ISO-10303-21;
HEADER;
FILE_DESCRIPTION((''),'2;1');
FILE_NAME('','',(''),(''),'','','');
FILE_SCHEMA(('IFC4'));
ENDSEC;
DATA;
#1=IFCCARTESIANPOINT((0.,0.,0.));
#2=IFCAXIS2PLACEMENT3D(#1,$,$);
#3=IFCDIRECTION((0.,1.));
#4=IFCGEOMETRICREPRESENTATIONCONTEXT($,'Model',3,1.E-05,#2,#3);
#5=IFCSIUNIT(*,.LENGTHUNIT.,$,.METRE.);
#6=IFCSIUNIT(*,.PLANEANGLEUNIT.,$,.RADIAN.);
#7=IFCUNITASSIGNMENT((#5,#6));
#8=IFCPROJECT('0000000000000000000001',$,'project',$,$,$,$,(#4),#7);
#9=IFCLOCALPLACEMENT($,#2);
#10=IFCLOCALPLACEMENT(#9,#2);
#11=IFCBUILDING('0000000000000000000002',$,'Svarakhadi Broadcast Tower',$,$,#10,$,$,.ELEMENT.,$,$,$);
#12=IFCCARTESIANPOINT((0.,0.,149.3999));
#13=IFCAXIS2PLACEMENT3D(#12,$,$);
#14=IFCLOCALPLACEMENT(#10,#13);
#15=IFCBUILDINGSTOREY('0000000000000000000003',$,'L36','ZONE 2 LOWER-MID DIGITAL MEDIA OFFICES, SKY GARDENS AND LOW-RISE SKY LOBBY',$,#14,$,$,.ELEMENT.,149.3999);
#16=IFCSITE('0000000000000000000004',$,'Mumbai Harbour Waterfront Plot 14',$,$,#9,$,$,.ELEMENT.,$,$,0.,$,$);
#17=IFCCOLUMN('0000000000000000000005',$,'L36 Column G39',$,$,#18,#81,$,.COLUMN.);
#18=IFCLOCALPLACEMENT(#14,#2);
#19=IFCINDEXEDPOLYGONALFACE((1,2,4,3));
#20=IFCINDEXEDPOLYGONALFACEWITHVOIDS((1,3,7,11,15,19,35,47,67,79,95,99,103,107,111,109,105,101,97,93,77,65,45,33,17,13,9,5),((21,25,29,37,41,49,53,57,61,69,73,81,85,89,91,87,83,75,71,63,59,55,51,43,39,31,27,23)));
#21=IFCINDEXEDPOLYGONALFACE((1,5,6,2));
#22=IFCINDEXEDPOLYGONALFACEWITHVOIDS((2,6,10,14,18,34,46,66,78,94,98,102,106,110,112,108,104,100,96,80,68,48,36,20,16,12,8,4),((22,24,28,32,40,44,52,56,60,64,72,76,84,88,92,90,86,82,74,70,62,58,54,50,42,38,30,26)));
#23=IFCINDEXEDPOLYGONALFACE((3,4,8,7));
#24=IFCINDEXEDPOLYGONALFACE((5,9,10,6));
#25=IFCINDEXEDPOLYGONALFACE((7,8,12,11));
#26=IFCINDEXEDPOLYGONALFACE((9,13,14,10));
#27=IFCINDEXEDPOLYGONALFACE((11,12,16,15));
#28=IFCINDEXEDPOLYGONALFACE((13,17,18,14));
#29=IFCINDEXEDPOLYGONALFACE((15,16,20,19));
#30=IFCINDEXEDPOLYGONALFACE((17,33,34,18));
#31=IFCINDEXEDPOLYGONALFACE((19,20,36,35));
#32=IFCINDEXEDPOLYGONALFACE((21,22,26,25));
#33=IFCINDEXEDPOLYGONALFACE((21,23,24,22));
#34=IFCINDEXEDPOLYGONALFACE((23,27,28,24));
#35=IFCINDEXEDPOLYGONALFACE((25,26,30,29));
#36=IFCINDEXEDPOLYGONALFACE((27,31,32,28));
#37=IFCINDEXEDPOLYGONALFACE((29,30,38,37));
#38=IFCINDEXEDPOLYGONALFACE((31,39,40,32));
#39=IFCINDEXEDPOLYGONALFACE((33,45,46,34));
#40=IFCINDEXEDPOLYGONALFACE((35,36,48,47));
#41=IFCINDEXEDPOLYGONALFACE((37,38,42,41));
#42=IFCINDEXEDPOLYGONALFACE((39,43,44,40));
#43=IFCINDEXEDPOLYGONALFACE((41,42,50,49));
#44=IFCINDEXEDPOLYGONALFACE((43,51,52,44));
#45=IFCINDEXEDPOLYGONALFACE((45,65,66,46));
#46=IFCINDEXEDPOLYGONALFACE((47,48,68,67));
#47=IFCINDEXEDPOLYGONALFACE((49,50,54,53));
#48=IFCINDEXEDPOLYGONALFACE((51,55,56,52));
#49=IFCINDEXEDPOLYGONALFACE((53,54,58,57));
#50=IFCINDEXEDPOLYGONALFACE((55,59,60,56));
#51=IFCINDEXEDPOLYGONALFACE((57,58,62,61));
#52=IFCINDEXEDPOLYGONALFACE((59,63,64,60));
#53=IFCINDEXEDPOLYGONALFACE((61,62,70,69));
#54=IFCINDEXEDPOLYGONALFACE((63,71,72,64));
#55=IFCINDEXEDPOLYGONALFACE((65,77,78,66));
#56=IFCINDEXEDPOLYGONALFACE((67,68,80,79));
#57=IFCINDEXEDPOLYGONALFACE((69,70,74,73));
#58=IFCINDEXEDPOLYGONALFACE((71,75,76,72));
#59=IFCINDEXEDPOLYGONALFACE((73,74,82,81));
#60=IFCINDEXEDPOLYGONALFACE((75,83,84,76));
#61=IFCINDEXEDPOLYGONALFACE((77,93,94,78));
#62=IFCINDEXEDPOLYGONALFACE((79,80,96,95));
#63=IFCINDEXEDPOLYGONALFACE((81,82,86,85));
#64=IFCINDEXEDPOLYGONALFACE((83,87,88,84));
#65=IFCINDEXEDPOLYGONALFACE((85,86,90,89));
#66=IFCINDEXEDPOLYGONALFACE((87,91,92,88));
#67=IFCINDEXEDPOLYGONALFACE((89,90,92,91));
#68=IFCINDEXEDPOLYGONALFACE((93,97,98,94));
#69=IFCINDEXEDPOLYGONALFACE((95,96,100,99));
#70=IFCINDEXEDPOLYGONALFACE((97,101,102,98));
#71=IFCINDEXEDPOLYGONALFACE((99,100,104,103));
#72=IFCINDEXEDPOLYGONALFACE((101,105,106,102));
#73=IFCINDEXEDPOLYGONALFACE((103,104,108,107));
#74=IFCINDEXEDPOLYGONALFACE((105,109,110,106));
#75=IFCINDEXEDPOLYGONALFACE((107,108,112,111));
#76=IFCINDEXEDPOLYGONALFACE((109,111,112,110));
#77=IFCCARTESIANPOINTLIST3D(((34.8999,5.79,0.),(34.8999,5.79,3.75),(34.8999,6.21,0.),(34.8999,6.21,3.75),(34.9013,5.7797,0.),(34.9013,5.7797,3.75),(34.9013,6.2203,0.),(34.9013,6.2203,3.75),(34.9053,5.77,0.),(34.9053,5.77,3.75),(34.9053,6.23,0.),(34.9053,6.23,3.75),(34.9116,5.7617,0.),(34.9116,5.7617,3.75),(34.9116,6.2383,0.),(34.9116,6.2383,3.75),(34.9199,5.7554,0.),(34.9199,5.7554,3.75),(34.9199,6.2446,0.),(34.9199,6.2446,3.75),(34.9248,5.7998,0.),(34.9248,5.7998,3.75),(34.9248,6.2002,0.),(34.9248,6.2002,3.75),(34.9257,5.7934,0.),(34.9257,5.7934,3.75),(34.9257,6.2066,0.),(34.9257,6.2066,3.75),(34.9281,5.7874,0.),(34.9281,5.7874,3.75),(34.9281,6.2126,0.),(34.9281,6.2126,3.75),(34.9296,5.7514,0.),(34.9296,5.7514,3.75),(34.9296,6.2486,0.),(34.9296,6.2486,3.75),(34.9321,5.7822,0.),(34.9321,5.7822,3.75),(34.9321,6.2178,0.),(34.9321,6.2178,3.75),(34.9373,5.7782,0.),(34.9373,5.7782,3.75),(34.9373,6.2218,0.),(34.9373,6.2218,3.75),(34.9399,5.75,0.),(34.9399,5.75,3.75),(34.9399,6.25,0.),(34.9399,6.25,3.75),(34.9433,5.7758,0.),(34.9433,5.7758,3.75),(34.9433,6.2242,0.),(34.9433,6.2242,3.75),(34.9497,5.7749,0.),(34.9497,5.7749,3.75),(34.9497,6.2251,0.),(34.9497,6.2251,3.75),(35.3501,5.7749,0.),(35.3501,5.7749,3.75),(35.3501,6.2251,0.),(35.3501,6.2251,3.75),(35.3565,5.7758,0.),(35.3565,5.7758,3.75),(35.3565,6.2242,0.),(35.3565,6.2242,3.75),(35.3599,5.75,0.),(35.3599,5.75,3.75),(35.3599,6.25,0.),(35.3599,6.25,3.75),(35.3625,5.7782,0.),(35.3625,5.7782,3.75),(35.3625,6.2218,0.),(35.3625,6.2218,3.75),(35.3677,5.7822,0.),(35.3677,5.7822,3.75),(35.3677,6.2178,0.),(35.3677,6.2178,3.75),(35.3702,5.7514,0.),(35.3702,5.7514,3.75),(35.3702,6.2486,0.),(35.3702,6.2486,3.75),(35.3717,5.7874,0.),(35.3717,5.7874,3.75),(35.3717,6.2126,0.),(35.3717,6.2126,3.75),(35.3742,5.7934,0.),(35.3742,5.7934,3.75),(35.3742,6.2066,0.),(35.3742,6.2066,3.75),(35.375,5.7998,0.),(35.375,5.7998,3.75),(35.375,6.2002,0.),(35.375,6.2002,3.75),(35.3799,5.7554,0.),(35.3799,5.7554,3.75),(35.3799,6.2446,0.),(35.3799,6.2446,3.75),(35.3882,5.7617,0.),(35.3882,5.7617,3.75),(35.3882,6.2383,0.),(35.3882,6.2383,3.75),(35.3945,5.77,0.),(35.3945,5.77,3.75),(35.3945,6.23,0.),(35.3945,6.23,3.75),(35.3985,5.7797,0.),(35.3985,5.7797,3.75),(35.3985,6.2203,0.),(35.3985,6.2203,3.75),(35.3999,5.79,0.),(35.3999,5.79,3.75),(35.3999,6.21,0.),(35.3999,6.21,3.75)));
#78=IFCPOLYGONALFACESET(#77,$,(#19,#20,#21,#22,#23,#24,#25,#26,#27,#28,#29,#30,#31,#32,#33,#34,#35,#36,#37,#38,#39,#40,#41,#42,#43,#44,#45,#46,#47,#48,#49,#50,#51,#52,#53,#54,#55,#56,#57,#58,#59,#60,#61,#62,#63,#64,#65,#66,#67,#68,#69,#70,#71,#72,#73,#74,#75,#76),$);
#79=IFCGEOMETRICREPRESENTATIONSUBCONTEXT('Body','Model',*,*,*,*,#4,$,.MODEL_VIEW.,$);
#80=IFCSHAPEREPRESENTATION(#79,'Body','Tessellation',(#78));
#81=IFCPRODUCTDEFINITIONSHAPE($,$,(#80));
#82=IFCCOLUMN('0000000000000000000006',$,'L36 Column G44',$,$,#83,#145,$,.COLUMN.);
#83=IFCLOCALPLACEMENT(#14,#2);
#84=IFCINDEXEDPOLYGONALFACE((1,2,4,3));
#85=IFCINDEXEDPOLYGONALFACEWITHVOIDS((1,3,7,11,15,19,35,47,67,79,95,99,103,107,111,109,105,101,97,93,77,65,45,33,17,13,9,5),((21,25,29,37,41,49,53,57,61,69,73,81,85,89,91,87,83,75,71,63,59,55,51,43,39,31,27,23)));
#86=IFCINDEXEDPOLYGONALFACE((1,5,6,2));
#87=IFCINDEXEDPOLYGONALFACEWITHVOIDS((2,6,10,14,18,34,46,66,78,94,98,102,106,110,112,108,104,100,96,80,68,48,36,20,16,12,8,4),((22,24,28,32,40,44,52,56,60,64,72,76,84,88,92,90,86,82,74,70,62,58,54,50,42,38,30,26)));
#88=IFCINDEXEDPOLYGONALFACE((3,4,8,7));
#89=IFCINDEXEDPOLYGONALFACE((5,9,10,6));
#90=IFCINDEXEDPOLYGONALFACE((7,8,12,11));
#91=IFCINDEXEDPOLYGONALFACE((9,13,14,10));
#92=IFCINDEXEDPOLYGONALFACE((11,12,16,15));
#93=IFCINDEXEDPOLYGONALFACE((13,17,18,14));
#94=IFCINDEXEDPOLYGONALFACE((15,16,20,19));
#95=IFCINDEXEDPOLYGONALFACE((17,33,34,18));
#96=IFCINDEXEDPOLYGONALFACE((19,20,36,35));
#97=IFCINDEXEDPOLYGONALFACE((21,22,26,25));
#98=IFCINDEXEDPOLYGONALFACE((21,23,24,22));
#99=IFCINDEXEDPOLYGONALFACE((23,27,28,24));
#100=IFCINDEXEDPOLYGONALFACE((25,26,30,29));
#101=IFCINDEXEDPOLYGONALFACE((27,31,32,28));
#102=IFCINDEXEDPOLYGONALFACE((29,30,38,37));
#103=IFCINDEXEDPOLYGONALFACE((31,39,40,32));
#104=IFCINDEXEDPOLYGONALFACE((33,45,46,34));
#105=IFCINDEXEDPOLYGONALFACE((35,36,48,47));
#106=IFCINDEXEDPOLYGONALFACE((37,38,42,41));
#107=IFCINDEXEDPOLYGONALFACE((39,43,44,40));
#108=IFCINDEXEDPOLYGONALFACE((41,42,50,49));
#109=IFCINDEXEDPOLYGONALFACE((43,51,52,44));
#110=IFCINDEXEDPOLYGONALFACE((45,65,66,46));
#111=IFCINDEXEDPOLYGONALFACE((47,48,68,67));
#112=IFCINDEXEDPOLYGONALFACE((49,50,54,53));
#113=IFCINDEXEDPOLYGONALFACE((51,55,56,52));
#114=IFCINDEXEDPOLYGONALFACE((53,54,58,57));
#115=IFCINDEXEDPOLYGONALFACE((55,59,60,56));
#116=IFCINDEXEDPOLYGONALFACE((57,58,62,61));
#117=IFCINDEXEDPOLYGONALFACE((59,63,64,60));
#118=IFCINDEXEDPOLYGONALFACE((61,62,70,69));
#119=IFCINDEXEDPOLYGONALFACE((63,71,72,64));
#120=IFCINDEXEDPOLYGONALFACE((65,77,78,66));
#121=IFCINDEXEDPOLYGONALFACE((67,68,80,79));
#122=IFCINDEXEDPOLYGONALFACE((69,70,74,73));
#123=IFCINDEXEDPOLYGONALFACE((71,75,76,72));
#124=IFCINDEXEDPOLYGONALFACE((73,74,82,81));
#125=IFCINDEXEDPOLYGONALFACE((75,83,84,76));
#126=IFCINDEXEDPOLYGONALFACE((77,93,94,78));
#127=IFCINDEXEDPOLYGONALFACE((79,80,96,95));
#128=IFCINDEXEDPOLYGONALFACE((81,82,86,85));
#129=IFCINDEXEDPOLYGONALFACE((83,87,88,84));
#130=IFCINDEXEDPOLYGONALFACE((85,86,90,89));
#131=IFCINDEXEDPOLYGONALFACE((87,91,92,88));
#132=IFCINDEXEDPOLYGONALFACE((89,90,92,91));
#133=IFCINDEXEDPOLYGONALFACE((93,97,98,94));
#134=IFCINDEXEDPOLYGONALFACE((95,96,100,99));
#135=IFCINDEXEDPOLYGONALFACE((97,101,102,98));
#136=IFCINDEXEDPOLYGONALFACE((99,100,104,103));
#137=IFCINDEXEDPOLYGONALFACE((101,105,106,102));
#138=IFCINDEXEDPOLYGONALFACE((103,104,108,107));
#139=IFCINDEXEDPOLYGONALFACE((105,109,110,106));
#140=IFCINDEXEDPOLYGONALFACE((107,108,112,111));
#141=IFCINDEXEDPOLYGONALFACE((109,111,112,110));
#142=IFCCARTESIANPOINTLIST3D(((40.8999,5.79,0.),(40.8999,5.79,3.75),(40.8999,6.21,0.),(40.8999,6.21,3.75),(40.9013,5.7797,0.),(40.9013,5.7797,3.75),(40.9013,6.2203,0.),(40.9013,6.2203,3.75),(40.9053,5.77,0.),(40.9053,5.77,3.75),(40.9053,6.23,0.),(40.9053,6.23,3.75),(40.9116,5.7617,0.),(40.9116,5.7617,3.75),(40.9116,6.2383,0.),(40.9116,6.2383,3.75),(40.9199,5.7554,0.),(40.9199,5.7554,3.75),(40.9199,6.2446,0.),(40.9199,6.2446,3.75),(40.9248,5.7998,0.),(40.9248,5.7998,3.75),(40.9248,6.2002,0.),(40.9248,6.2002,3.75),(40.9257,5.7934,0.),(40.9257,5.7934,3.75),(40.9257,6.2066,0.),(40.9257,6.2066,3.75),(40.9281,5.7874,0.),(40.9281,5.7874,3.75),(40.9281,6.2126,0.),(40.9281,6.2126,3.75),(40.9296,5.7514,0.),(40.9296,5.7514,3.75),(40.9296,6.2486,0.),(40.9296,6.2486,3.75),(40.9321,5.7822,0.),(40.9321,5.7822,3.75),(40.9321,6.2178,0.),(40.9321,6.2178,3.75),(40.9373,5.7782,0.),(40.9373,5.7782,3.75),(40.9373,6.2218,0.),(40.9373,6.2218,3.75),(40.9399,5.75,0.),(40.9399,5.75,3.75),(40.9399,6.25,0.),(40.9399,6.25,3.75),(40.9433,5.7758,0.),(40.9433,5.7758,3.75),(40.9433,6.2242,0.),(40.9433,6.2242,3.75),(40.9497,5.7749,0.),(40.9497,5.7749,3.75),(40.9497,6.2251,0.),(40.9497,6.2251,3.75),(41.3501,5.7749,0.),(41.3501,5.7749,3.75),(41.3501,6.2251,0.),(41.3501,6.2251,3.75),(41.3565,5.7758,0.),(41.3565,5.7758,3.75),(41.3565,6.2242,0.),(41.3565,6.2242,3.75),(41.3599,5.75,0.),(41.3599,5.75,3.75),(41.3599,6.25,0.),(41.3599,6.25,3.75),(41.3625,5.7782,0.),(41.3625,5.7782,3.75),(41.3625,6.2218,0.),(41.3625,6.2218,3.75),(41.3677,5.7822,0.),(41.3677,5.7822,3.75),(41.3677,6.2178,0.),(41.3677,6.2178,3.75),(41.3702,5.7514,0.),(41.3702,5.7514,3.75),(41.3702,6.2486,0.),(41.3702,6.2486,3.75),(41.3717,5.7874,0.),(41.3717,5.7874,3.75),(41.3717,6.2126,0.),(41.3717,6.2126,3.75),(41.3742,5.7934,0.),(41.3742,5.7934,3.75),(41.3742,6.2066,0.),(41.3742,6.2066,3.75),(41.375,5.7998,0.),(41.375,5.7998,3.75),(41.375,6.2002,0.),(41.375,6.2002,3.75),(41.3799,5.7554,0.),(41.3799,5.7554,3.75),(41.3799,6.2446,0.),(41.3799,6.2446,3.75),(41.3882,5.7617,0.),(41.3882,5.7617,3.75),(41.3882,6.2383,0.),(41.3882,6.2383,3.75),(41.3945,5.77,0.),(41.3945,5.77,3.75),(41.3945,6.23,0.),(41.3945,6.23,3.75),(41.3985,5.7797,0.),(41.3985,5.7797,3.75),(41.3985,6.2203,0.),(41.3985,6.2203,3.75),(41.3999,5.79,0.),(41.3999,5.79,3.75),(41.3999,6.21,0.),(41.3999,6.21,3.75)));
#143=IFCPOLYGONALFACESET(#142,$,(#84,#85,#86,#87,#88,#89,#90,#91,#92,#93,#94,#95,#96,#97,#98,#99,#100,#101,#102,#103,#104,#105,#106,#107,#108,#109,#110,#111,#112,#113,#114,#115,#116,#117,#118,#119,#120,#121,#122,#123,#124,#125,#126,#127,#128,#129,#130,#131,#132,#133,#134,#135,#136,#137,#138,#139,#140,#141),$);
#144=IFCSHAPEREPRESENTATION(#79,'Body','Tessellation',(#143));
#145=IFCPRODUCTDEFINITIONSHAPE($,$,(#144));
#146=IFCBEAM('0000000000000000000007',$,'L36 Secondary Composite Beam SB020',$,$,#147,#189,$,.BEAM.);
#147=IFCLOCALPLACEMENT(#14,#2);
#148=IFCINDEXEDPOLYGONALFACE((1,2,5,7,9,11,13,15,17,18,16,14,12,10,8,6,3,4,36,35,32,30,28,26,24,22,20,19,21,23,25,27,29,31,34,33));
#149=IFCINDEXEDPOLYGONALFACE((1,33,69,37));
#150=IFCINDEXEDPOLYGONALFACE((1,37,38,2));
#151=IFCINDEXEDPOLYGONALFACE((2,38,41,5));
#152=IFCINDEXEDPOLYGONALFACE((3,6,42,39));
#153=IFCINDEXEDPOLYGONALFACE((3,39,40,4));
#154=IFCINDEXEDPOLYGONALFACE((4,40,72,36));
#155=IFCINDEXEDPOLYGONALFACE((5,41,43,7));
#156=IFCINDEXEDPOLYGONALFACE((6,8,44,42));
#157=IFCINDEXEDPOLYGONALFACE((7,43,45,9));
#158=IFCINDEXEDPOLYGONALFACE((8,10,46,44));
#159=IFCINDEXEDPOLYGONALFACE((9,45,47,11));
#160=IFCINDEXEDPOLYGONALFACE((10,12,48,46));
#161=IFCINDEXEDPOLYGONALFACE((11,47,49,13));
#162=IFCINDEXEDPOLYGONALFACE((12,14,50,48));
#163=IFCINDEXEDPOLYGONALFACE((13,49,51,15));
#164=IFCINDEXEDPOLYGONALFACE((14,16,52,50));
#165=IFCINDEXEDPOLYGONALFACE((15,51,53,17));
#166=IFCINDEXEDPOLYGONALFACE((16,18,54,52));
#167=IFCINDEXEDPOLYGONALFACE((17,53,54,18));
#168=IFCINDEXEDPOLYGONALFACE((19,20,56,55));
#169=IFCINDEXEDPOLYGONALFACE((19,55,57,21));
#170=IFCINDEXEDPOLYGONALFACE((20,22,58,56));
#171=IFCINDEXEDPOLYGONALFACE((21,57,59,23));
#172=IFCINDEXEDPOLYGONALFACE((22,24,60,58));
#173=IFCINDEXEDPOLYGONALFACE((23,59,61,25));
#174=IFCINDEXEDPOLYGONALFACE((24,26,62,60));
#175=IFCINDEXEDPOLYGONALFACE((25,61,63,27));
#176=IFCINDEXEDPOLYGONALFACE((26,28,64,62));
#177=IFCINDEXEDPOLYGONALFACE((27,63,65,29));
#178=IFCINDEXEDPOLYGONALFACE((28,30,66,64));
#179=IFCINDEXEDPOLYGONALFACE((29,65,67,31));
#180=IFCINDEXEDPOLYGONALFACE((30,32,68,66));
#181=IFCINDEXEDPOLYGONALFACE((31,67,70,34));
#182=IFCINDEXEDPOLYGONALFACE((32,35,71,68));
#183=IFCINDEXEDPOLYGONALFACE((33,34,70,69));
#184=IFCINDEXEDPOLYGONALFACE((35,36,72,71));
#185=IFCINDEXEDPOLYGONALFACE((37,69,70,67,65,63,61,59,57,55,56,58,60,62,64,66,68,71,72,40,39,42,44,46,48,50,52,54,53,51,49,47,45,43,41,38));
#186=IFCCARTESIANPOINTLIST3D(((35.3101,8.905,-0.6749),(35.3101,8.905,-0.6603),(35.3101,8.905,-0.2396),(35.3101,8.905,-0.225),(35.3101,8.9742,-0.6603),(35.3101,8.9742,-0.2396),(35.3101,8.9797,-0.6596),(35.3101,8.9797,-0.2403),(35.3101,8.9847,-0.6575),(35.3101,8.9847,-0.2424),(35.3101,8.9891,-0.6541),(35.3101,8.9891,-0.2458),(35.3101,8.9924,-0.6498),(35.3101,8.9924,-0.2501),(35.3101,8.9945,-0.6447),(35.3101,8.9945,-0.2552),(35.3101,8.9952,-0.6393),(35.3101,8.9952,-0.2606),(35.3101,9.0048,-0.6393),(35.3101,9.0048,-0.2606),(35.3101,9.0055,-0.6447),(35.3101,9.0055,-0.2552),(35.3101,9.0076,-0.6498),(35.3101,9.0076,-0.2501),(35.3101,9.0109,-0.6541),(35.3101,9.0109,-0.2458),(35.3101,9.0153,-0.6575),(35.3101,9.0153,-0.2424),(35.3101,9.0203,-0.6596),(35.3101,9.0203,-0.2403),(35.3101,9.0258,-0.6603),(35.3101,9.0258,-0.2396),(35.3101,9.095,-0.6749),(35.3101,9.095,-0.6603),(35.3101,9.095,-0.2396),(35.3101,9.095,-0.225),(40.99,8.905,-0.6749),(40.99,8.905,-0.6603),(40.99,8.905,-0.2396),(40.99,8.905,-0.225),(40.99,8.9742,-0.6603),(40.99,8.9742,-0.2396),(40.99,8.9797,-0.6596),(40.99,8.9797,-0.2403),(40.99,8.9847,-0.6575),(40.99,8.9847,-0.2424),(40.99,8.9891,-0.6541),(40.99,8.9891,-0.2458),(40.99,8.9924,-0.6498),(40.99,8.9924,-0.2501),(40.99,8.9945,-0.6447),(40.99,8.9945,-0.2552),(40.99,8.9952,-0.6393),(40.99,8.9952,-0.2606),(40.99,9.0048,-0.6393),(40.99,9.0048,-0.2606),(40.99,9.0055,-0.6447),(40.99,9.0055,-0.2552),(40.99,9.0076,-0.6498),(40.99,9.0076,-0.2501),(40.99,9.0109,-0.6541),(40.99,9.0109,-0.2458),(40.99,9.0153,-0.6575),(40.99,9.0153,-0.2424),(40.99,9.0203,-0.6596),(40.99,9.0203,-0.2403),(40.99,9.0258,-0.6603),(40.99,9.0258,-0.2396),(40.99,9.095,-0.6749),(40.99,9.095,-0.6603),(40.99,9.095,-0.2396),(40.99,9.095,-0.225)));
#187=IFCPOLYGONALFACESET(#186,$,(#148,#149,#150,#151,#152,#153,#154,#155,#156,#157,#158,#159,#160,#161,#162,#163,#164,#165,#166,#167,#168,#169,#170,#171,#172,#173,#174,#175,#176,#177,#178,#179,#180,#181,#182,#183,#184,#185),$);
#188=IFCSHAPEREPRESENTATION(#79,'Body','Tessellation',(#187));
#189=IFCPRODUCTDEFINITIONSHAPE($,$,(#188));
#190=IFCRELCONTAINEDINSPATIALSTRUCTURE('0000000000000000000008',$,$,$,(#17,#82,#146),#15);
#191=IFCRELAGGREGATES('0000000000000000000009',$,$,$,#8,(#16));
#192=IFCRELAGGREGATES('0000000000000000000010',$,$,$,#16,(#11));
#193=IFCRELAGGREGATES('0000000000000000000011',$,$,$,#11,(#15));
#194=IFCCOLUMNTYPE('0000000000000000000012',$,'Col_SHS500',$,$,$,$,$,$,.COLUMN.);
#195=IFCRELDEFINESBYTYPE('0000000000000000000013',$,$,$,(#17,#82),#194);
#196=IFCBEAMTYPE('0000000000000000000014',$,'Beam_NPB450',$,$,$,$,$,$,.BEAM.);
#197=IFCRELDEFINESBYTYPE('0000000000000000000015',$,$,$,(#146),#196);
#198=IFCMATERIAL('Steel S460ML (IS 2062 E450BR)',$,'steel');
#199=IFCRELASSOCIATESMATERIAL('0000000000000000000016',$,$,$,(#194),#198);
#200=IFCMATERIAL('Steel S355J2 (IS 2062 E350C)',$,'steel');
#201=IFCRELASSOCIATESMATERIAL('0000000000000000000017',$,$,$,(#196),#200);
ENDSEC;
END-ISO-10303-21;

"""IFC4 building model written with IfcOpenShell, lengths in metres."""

from ifc_helpers import new_model, si_unit, direction, frame, origin, origin_2d, place, context, subcontext, project, spatial, hollow_rectangle, i_section, extrude, material, material_profile, profile_set, type_object, element, save


model = new_model("IFC4")

# Units and contexts
model_context = context("Model", 3, precision=1e-05, world=origin(), true_north=direction((0.0, 1.0)))
body_context = subcontext(model_context, "Body", "Model", "MODEL_VIEW")
ifc_project = project(units=[si_unit("LENGTHUNIT", "METRE"), si_unit("PLANEANGLEUNIT", "RADIAN")], contexts=[model_context])

# Site, building, storey
site_placement = place(None, origin())
site = spatial("IfcSite", under=ifc_project, at=site_placement, Name="Mumbai Harbour Waterfront Plot 14", CompositionType="ELEMENT", RefElevation=0.0)
building_placement = place(site_placement, origin())
building = spatial("IfcBuilding", under=site, at=building_placement, Name="Svarakhadi Broadcast Tower", CompositionType="ELEMENT")
storey_placement = place(building_placement, frame((0.0, 0.0, 149.3999)))
storey = spatial("IfcBuildingStorey", under=building, at=storey_placement, Name="L36", Description="ZONE 2 LOWER-MID DIGITAL MEDIA OFFICES, SKY GARDENS AND LOW-RISE SKY LOBBY", CompositionType="ELEMENT", Elevation=149.3999)

# Columns
ifc_material_1 = material(Name="Steel S460ML (IS 2062 E450BR)", Category="steel")
ifc_material_profile_1 = material_profile(ifc_material_1, hollow_rectangle(XDim=0.5, YDim=0.5, WallThickness=0.0249, InnerFilletRadius=0.0249, OuterFilletRadius=0.04, at=origin_2d()), Name="SHS 500x500x25")
ifc_profile_set_1 = profile_set([ifc_material_profile_1], Name="Steel S460ML (IS 2062 E450BR)")
column_type = type_object("IfcColumnType", Name="Col_SHS500", PredefinedType="COLUMN", material=ifc_profile_set_1)
for number, where, z_axis, x_axis, name in (
    (1, (35.1499, 6.0, 0.0), (0.0, 0.0, 1.0), (1.0, 0.0, 0.0), "L36 Column G39"),
    (2, (41.1499, 6.0, 0.0), (0.0, 0.0, 1.0), (1.0, 0.0, 0.0), "L36 Column G44"),
):
    element("IfcColumn", number, at=place(storey_placement, frame(where, z_axis=z_axis, x_axis=x_axis)), inside=storey, type_object=column_type, Name=name, PredefinedType="COLUMN", context=body_context, shape_type="SweptSolid", body=[
        extrude(hollow_rectangle(XDim=0.5, YDim=0.5, WallThickness=0.0249, InnerFilletRadius=0.0249, OuterFilletRadius=0.04, at=origin_2d()), origin(), (0.0, 0.0, 1.0), 3.75),
    ])

# Beam
ifc_material_2 = material(Name="Steel S355J2 (IS 2062 E350C)", Category="steel")
ifc_material_profile_2 = material_profile(ifc_material_2, i_section(OverallWidth=0.1899, OverallDepth=0.45, WebThickness=0.0095, FlangeThickness=0.0146, FilletRadius=0.021, at=origin_2d()), Name="NPB 450x190x78")
ifc_profile_set_2 = profile_set([ifc_material_profile_2], Name="Steel S355J2 (IS 2062 E350C)")
beam_type_1 = type_object("IfcBeamType", Name="Beam_NPB450", PredefinedType="BEAM", material=ifc_profile_set_2)
for number, where, z_axis, x_axis, name in (
    (3, (35.3101, 9.0, -0.45), (1.0, 0.0, 0.0), (0.0, 1.0, 0.0), "L36 Secondary Composite Beam SB020"),
):
    element("IfcBeam", number, at=place(storey_placement, frame(where, z_axis=z_axis, x_axis=x_axis)), inside=storey, type_object=beam_type_1, Name=name, PredefinedType="BEAM", context=body_context, shape_type="SweptSolid", body=[
        extrude(i_section(OverallWidth=0.1899, OverallDepth=0.45, WebThickness=0.0095, FlangeThickness=0.0146, FilletRadius=0.021, at=origin_2d()), origin(), (0.0, 0.0, 1.0), 5.6799),
    ])

save(model, "model.ifc")
